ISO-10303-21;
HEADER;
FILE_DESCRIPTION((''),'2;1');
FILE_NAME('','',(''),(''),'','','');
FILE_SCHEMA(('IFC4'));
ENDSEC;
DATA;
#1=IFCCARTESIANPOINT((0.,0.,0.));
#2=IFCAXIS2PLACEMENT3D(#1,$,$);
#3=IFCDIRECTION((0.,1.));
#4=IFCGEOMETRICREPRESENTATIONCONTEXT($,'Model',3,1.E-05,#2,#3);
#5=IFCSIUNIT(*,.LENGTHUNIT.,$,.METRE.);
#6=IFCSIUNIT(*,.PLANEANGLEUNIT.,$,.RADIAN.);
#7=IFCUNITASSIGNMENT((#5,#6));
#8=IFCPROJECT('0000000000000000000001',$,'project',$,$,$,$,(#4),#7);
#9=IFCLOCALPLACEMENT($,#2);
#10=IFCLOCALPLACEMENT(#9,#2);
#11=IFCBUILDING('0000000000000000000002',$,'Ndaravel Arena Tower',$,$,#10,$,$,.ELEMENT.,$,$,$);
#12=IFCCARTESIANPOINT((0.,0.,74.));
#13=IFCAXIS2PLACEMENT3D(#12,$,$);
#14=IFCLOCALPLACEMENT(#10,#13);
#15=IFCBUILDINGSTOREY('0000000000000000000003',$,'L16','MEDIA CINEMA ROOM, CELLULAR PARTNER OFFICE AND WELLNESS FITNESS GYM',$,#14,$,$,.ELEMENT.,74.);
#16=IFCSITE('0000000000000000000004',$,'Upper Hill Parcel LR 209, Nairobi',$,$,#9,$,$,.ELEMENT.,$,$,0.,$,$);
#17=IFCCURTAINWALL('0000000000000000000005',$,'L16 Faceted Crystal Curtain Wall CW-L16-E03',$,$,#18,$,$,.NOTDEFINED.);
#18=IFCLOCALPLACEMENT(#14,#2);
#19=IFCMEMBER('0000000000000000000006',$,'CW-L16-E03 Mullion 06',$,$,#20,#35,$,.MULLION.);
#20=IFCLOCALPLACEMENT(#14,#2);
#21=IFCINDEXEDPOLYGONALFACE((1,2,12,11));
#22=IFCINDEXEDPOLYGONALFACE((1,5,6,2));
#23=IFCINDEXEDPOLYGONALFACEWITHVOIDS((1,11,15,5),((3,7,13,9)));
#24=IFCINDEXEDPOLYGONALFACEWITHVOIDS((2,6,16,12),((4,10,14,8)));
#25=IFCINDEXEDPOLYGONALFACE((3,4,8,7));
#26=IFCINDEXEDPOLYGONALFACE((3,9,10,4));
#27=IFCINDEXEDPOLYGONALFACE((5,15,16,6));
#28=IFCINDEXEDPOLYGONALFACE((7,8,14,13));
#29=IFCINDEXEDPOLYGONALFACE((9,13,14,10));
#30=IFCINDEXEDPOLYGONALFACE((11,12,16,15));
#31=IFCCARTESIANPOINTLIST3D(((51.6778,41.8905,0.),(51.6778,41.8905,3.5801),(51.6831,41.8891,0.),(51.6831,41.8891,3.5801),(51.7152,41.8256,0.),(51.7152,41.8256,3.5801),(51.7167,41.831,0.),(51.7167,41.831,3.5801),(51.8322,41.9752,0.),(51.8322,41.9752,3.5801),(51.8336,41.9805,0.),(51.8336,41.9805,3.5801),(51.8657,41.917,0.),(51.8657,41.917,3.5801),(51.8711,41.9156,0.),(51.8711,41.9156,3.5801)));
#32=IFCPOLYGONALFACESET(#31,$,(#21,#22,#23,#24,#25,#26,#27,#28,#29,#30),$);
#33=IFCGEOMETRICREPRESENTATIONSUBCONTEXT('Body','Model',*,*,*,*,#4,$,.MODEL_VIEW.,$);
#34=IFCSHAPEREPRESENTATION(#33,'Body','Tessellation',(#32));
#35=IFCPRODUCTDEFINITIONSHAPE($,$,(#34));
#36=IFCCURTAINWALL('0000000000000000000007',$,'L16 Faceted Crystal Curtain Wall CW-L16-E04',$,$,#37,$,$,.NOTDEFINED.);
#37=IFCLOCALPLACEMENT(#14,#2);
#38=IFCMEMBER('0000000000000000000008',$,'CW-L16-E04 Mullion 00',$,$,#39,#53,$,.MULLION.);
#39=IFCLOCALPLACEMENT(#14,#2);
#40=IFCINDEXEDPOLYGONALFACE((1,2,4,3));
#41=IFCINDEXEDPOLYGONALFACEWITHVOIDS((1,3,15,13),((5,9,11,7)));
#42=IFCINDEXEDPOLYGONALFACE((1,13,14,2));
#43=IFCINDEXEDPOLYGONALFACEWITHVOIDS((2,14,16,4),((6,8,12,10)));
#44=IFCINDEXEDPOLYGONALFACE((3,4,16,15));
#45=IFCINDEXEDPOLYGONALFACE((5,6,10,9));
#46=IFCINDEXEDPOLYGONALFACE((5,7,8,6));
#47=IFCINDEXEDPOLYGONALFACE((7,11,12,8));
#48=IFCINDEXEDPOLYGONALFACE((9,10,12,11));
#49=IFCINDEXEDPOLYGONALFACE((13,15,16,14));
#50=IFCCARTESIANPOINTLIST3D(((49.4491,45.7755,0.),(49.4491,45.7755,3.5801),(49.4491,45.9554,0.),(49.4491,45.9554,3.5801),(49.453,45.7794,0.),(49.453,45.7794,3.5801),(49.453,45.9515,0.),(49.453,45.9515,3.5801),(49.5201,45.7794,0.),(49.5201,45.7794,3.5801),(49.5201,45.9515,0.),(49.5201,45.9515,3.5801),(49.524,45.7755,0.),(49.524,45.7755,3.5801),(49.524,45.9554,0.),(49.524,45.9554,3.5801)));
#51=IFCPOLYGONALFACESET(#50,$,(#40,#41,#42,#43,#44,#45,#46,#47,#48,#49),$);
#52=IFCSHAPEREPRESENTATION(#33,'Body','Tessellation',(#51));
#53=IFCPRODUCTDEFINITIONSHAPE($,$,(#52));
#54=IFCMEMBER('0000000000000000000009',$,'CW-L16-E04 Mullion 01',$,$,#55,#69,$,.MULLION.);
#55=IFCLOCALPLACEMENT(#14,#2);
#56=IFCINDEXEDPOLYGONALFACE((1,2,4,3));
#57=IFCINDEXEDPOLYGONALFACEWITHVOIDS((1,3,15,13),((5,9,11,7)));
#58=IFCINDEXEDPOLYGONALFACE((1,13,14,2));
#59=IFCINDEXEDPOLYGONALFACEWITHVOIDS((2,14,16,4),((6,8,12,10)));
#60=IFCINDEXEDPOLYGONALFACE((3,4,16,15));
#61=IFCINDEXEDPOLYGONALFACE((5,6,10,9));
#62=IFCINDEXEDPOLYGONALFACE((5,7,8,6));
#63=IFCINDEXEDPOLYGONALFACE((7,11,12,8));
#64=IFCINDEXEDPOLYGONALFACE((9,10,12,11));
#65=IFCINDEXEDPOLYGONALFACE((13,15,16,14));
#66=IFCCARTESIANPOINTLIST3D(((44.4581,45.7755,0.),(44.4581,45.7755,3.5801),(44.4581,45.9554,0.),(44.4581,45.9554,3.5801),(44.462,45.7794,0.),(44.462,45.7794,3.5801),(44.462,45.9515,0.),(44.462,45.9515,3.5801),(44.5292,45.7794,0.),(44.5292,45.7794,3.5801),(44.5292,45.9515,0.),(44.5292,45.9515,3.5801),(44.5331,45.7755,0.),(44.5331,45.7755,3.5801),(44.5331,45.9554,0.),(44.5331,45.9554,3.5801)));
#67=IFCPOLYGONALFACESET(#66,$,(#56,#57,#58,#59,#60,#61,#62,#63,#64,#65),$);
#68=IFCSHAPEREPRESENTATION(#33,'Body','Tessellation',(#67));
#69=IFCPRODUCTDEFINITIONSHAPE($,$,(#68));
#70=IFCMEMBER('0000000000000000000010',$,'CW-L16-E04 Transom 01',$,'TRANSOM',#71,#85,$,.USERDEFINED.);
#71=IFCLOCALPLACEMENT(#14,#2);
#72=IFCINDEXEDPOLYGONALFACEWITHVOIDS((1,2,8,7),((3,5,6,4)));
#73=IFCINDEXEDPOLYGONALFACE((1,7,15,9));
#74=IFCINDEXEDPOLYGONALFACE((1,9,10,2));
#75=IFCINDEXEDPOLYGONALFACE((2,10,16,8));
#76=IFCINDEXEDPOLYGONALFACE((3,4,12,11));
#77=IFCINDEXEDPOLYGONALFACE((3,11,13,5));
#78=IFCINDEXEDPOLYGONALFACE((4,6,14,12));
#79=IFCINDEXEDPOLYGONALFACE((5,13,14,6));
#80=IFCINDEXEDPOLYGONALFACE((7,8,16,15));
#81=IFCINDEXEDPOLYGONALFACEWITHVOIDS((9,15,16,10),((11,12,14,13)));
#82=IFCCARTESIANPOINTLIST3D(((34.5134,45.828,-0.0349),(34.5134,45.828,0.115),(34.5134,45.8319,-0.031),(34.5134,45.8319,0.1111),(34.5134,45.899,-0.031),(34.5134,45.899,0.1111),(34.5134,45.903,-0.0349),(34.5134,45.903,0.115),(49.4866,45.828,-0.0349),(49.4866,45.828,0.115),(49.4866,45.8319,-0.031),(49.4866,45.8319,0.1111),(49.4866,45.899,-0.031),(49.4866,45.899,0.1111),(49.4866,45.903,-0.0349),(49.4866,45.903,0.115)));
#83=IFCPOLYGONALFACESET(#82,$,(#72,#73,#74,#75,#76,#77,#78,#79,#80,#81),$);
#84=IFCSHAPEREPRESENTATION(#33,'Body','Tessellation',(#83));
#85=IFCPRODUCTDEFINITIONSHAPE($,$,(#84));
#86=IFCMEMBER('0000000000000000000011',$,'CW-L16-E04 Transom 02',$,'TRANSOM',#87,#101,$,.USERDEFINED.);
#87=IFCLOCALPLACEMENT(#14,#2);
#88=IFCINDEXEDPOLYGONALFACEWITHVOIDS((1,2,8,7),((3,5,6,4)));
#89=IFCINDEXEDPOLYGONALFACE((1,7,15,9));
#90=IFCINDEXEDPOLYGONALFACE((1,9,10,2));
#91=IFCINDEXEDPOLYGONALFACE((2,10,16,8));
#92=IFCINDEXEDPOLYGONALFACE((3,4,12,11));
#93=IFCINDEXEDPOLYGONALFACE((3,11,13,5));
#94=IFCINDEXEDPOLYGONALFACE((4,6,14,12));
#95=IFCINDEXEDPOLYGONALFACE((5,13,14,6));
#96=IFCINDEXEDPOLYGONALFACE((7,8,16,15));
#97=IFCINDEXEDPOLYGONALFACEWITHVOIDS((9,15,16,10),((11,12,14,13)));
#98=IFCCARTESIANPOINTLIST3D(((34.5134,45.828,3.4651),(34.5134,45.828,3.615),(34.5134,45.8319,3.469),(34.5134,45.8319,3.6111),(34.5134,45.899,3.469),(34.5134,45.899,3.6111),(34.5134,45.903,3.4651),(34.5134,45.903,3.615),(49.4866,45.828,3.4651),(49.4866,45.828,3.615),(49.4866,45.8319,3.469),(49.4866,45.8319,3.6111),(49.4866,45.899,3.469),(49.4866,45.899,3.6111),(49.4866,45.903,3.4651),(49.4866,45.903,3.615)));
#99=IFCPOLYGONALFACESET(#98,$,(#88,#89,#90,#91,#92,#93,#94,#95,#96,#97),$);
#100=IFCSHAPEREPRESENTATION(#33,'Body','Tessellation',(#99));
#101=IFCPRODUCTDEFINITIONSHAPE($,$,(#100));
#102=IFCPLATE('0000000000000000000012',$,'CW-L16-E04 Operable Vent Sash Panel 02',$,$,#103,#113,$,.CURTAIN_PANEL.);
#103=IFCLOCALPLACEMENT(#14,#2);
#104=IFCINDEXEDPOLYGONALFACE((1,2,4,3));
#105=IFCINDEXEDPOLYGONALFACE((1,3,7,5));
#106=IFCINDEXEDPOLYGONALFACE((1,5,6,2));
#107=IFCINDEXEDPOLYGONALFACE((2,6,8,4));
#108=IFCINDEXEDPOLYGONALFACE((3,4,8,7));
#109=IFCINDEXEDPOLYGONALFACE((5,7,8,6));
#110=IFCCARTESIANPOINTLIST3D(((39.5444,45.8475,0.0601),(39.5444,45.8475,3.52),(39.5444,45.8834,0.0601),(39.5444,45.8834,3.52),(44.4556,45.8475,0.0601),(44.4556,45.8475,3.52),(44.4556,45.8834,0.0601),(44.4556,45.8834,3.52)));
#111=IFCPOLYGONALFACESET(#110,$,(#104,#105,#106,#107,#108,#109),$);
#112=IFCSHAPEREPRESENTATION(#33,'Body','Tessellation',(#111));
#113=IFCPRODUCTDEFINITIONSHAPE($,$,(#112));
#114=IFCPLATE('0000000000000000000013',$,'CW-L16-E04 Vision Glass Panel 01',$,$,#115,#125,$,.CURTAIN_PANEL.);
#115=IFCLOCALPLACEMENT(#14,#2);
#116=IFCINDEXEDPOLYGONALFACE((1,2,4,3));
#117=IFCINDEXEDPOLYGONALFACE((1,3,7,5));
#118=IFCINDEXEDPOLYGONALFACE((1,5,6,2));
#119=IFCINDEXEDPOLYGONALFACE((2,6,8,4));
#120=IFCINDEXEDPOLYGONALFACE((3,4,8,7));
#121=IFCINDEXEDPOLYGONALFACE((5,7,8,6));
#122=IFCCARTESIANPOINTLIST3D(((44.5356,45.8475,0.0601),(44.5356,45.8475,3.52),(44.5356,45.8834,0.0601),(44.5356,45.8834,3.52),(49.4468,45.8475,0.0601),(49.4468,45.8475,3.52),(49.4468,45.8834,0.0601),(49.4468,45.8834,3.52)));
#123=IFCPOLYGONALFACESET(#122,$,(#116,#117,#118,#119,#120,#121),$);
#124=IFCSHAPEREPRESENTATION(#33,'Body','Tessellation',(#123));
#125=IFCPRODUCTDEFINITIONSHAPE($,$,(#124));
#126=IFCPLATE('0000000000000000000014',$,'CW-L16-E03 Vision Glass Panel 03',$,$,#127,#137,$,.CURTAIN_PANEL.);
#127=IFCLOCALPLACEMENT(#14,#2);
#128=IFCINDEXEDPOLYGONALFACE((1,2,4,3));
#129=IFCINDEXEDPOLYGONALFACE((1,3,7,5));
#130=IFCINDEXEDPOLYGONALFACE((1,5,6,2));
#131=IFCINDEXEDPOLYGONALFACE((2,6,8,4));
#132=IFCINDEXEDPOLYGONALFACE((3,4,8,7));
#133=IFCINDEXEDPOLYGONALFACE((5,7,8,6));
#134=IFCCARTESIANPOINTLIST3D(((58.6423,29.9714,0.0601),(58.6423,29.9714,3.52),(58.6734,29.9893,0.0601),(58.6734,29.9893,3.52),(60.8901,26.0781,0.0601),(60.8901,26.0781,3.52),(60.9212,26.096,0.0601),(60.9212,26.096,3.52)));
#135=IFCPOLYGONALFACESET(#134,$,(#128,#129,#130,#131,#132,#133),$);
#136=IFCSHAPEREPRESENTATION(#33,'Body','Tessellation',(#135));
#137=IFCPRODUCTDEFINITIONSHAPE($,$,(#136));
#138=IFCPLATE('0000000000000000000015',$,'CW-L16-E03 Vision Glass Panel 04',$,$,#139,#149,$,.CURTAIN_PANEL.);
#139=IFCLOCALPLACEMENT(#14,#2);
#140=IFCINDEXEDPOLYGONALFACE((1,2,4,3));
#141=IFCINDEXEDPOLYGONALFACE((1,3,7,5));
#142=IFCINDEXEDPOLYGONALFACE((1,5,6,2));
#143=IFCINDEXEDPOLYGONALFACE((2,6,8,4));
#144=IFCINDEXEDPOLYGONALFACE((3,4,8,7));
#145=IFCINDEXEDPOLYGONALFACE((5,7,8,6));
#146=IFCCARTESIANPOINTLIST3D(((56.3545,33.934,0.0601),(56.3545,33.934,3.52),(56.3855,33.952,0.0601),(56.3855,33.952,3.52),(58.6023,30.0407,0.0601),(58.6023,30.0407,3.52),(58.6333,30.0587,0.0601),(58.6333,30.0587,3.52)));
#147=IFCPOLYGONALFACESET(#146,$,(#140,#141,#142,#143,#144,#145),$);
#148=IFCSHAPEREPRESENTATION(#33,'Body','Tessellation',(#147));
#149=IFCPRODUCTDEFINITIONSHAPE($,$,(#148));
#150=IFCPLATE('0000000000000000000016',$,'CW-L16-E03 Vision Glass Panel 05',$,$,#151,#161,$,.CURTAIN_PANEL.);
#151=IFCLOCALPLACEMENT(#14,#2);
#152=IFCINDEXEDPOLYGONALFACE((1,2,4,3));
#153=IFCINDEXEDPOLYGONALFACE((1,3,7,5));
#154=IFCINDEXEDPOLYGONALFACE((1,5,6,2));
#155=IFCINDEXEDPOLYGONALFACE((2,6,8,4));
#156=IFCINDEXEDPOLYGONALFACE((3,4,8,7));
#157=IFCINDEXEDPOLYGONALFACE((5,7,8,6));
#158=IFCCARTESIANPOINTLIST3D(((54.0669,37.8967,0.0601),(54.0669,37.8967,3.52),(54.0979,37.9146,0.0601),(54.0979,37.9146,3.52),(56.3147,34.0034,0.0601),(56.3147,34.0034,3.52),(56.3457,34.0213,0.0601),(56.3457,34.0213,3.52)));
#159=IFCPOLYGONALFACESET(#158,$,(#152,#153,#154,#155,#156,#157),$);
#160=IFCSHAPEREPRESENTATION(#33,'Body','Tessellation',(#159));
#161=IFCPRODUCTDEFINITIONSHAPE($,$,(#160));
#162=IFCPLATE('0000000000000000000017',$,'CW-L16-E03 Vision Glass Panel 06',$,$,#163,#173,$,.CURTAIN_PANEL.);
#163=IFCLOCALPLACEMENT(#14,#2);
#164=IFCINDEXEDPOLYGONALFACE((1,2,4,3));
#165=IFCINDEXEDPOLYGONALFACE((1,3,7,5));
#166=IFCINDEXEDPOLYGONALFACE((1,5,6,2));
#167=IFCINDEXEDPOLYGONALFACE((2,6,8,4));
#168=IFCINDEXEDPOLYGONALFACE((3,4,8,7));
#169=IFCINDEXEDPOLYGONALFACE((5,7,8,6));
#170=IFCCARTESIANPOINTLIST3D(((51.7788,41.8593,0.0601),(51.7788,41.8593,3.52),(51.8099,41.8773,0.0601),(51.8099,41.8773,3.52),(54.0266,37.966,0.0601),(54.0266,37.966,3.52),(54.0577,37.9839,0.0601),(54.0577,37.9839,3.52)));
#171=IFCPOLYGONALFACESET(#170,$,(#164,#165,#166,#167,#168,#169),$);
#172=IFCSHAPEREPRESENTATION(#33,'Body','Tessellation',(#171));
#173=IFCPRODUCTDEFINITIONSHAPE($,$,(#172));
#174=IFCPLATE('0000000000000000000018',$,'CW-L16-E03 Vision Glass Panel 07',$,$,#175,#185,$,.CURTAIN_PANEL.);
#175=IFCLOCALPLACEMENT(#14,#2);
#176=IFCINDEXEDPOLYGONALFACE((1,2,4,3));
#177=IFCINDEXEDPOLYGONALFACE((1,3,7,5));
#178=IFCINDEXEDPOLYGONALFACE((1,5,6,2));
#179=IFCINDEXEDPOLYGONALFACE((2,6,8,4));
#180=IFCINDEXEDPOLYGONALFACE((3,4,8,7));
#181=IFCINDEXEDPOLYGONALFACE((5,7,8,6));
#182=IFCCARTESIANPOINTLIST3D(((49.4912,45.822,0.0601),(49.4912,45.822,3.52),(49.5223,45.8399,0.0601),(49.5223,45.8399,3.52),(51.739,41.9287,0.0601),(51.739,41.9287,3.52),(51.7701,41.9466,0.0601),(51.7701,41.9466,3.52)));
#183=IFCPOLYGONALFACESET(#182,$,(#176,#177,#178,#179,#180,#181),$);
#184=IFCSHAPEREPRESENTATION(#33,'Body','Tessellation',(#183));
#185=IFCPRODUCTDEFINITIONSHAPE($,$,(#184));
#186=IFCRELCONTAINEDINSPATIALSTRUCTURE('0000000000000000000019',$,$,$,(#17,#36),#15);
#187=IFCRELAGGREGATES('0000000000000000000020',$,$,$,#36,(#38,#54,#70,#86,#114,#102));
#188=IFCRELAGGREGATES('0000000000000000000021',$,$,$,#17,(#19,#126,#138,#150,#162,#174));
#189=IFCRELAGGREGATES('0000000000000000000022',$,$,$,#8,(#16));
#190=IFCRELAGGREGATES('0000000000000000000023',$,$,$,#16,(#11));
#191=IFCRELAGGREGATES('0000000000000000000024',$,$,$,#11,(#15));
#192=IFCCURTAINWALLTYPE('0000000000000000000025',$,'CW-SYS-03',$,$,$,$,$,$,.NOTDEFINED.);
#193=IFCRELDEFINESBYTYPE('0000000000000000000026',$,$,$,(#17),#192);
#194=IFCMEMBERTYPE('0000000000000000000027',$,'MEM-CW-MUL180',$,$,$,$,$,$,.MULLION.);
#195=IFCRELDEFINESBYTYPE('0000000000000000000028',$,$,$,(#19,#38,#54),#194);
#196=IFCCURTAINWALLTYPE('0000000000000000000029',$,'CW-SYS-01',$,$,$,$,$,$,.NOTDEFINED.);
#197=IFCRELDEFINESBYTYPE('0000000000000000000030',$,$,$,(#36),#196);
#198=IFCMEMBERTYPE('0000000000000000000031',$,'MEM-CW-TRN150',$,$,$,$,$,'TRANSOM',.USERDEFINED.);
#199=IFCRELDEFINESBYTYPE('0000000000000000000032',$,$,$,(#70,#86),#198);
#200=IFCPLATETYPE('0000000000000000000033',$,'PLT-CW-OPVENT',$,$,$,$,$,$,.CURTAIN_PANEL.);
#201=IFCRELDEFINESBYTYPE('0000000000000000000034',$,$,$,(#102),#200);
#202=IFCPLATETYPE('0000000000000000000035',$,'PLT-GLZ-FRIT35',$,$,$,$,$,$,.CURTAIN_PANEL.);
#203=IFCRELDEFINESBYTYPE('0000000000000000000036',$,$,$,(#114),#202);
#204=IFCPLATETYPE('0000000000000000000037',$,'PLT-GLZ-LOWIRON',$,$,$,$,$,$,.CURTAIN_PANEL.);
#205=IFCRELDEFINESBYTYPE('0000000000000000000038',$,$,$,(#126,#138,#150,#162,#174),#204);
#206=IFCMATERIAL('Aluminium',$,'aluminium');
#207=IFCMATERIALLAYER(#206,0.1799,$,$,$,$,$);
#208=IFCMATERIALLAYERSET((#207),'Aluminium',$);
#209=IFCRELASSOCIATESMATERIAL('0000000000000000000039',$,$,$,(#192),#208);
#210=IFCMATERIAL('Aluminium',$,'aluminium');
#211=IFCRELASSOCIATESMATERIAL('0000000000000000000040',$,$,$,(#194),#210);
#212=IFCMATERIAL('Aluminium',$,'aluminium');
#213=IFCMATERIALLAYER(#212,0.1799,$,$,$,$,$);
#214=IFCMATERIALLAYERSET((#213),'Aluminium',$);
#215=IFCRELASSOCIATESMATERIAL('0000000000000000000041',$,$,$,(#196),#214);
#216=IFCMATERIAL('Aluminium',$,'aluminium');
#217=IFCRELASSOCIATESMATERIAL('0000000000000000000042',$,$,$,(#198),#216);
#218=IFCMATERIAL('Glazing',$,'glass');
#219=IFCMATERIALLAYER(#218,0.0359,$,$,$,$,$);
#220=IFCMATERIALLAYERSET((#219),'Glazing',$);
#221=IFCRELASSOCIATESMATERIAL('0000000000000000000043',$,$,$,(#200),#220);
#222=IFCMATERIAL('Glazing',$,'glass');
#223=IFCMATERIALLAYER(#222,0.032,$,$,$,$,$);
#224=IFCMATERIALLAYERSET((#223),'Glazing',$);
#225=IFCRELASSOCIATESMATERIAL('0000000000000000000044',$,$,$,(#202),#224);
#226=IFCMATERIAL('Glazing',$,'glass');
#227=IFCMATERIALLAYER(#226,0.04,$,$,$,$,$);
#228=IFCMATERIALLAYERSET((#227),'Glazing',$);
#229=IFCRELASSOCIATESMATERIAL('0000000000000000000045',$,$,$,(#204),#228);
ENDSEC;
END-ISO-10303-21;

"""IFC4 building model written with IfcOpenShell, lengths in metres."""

from ifc_helpers import new_model, si_unit, direction, frame, origin, origin_2d, place, context, subcontext, project, spatial, rectangle, hollow_rectangle, extrude, material, layer, layer_set, material_profile, profile_set, type_object, element, aggregate, save


model = new_model("IFC4")

# Units and contexts
model_context = context("Model", 3, precision=1e-05, world=origin(), true_north=direction((0.0, 1.0)))
body_context = subcontext(model_context, "Body", "Model", "MODEL_VIEW")
ifc_project = project(units=[si_unit("LENGTHUNIT", "METRE"), si_unit("PLANEANGLEUNIT", "RADIAN")], contexts=[model_context])

# Site, building, storey
site_placement = place(None, origin())
site = spatial("IfcSite", under=ifc_project, at=site_placement, Name="Upper Hill Parcel LR 209, Nairobi", CompositionType="ELEMENT", RefElevation=0.0)
building_placement = place(site_placement, origin())
building = spatial("IfcBuilding", under=site, at=building_placement, Name="Ndaravel Arena Tower", CompositionType="ELEMENT")
storey_placement = place(building_placement, frame((0.0, 0.0, 74.0)))
storey = spatial("IfcBuildingStorey", under=building, at=storey_placement, Name="L16", Description="MEDIA CINEMA ROOM, CELLULAR PARTNER OFFICE AND WELLNESS FITNESS GYM", CompositionType="ELEMENT", Elevation=74.0)

# Curtain wall, member
ifc_material_1 = material(Name="Aluminium", Category="aluminium")
ifc_layer_1 = layer(ifc_material_1, 0.1799)
ifc_layer_set_1 = layer_set([ifc_layer_1], Name="Aluminium")
curtain_wall_type_1 = type_object("IfcCurtainWallType", Name="CW-SYS-03", PredefinedType="NOTDEFINED", material=ifc_layer_set_1)
curtain_wall_1_placement = place(storey_placement, origin())
curtain_wall_1 = element("IfcCurtainWall", 1, at=curtain_wall_1_placement, inside=storey, type_object=curtain_wall_type_1, Name="L16 Faceted Crystal Curtain Wall CW-L16-E03", PredefinedType="NOTDEFINED")
ifc_material_2 = material(Name="Aluminium", Category="aluminium")
ifc_material_profile_1 = material_profile(ifc_material_2, hollow_rectangle(XDim=0.075, YDim=0.1799, WallThickness=0.0039, at=origin_2d()), Name="CW MULLION 75x180x4")
ifc_profile_set_1 = profile_set([ifc_material_profile_1], Name="Aluminium")
member_type_1 = type_object("IfcMemberType", Name="MEM-CW-MUL180", PredefinedType="MULLION", material=ifc_profile_set_1)
member_1_placement = place(storey_placement, frame((51.7744, 41.9031, 0.0), z_axis=(0.0, 0.0, 1.0), x_axis=(-0.5, 0.866025, 0.0)))
member_1 = element("IfcMember", 2, at=member_1_placement, type_object=member_type_1, Name="CW-L16-E03 Mullion 06", PredefinedType="MULLION", context=body_context, shape_type="SweptSolid", body=[
    extrude(hollow_rectangle(XDim=0.075, YDim=0.1799, WallThickness=0.0039, at=origin_2d()), origin(), (0.0, 0.0, 1.0), 3.5801),
])

# Curtain wall, members, plates
ifc_material_3 = material(Name="Aluminium", Category="aluminium")
ifc_layer_2 = layer(ifc_material_3, 0.1799)
ifc_layer_set_2 = layer_set([ifc_layer_2], Name="Aluminium")
curtain_wall_type_2 = type_object("IfcCurtainWallType", Name="CW-SYS-01", PredefinedType="NOTDEFINED", material=ifc_layer_set_2)
curtain_wall_2_placement = place(storey_placement, origin())
curtain_wall_2 = element("IfcCurtainWall", 3, at=curtain_wall_2_placement, inside=storey, type_object=curtain_wall_type_2, Name="L16 Faceted Crystal Curtain Wall CW-L16-E04", PredefinedType="NOTDEFINED")
member_2_placement = place(storey_placement, frame((49.4866, 45.8655, 0.0), z_axis=(0.0, 0.0, 1.0), x_axis=(-1.0, 0.0, 0.0)))
member_2 = element("IfcMember", 4, at=member_2_placement, type_object=member_type_1, Name="CW-L16-E04 Mullion 00", PredefinedType="MULLION", context=body_context, shape_type="SweptSolid", body=[
    extrude(hollow_rectangle(XDim=0.075, YDim=0.1799, WallThickness=0.0039, at=origin_2d()), origin(), (0.0, 0.0, 1.0), 3.5801),
])
member_3_placement = place(storey_placement, frame((44.4956, 45.8655, 0.0), z_axis=(0.0, 0.0, 1.0), x_axis=(-1.0, 0.0, 0.0)))
member_3 = element("IfcMember", 5, at=member_3_placement, type_object=member_type_1, Name="CW-L16-E04 Mullion 01", PredefinedType="MULLION", context=body_context, shape_type="SweptSolid", body=[
    extrude(hollow_rectangle(XDim=0.075, YDim=0.1799, WallThickness=0.0039, at=origin_2d()), origin(), (0.0, 0.0, 1.0), 3.5801),
])
ifc_material_4 = material(Name="Aluminium", Category="aluminium")
ifc_material_profile_2 = material_profile(ifc_material_4, hollow_rectangle(XDim=0.075, YDim=0.1499, WallThickness=0.0039, at=origin_2d()), Name="CW TRANSOM 75x150x4")
ifc_profile_set_2 = profile_set([ifc_material_profile_2], Name="Aluminium")
member_type_2 = type_object("IfcMemberType", Name="MEM-CW-TRN150", ElementType="TRANSOM", PredefinedType="USERDEFINED", material=ifc_profile_set_2)
member_4_placement = place(storey_placement, frame((49.4866, 45.8655, 0.04), z_axis=(-1.0, 0.0, 0.0), x_axis=(0.0, -1.0, 0.0)))
member_4 = element("IfcMember", 6, at=member_4_placement, type_object=member_type_2, Name="CW-L16-E04 Transom 01", ObjectType="TRANSOM", PredefinedType="USERDEFINED", context=body_context, shape_type="SweptSolid", body=[
    extrude(hollow_rectangle(XDim=0.075, YDim=0.1499, WallThickness=0.0039, at=origin_2d()), origin(), (0.0, 0.0, 1.0), 14.9731),
])
member_5_placement = place(storey_placement, frame((49.4866, 45.8655, 3.54), z_axis=(-1.0, 0.0, 0.0), x_axis=(0.0, -1.0, 0.0)))
member_5 = element("IfcMember", 7, at=member_5_placement, type_object=member_type_2, Name="CW-L16-E04 Transom 02", ObjectType="TRANSOM", PredefinedType="USERDEFINED", context=body_context, shape_type="SweptSolid", body=[
    extrude(hollow_rectangle(XDim=0.075, YDim=0.1499, WallThickness=0.0039, at=origin_2d()), origin(), (0.0, 0.0, 1.0), 14.9731),
])
ifc_material_5 = material(Name="Glazing", Category="glass")
ifc_layer_3 = layer(ifc_material_5, 0.0359)
ifc_layer_set_3 = layer_set([ifc_layer_3], Name="Glazing")
plate_type_1 = type_object("IfcPlateType", Name="PLT-CW-OPVENT", PredefinedType="CURTAIN_PANEL", material=ifc_layer_set_3)
plate_1_placement = place(storey_placement, frame((42.0, 45.8655, 0.0601), z_axis=(0.0, 0.0, 1.0), x_axis=(-1.0, 0.0, 0.0)))
plate_1 = element("IfcPlate", 8, at=plate_1_placement, type_object=plate_type_1, Name="CW-L16-E04 Operable Vent Sash Panel 02", PredefinedType="CURTAIN_PANEL", context=body_context, shape_type="SweptSolid", body=[
    extrude(rectangle(XDim=4.9111, YDim=0.0359, at=origin_2d()), origin(), (0.0, 0.0, 1.0), 3.46),
])
ifc_material_6 = material(Name="Glazing", Category="glass")
ifc_layer_4 = layer(ifc_material_6, 0.032)
ifc_layer_set_4 = layer_set([ifc_layer_4], Name="Glazing")
plate_type_2 = type_object("IfcPlateType", Name="PLT-GLZ-FRIT35", PredefinedType="CURTAIN_PANEL", material=ifc_layer_set_4)
plate_2_placement = place(storey_placement, frame((46.9912, 45.8655, 0.0601), z_axis=(0.0, 0.0, 1.0), x_axis=(-1.0, 0.0, 0.0)))
plate_2 = element("IfcPlate", 9, at=plate_2_placement, type_object=plate_type_2, Name="CW-L16-E04 Vision Glass Panel 01", PredefinedType="CURTAIN_PANEL", context=body_context, shape_type="SweptSolid", body=[
    extrude(rectangle(XDim=4.9111, YDim=0.0359, at=origin_2d()), origin(), (0.0, 0.0, 1.0), 3.46),
])
aggregate(curtain_wall_2, [member_2, member_3, member_4, member_5, plate_2, plate_1])

# Plates
ifc_material_7 = material(Name="Glazing", Category="glass")
ifc_layer_5 = layer(ifc_material_7, 0.04)
ifc_layer_set_5 = layer_set([ifc_layer_5], Name="Glazing")
plate_type_3 = type_object("IfcPlateType", Name="PLT-GLZ-LOWIRON", PredefinedType="CURTAIN_PANEL", material=ifc_layer_set_5)
plate_3_placement = place(storey_placement, frame((59.7817, 28.0337, 0.0601), z_axis=(0.0, 0.0, 1.0), x_axis=(-0.5, 0.866025, 0.0)))
plate_3 = element("IfcPlate", 10, at=plate_3_placement, type_object=plate_type_3, Name="CW-L16-E03 Vision Glass Panel 03", PredefinedType="CURTAIN_PANEL", context=body_context, shape_type="SweptSolid", body=[
    extrude(rectangle(XDim=4.4956, YDim=0.0359, at=origin_2d()), origin(), (0.0, 0.0, 1.0), 3.46),
])
plate_4_placement = place(storey_placement, frame((57.4939, 31.9963, 0.0601), z_axis=(0.0, 0.0, 1.0), x_axis=(-0.5, 0.866025, 0.0)))
plate_4 = element("IfcPlate", 11, at=plate_4_placement, type_object=plate_type_3, Name="CW-L16-E03 Vision Glass Panel 04", PredefinedType="CURTAIN_PANEL", context=body_context, shape_type="SweptSolid", body=[
    extrude(rectangle(XDim=4.4956, YDim=0.0359, at=origin_2d()), origin(), (0.0, 0.0, 1.0), 3.46),
])
plate_5_placement = place(storey_placement, frame((55.2063, 35.959, 0.0601), z_axis=(0.0, 0.0, 1.0), x_axis=(-0.5, 0.866025, 0.0)))
plate_5 = element("IfcPlate", 12, at=plate_5_placement, type_object=plate_type_3, Name="CW-L16-E03 Vision Glass Panel 05", PredefinedType="CURTAIN_PANEL", context=body_context, shape_type="SweptSolid", body=[
    extrude(rectangle(XDim=4.4956, YDim=0.0359, at=origin_2d()), origin(), (0.0, 0.0, 1.0), 3.46),
])
plate_6_placement = place(storey_placement, frame((52.9182, 39.9216, 0.0601), z_axis=(0.0, 0.0, 1.0), x_axis=(-0.5, 0.866025, 0.0)))
plate_6 = element("IfcPlate", 13, at=plate_6_placement, type_object=plate_type_3, Name="CW-L16-E03 Vision Glass Panel 06", PredefinedType="CURTAIN_PANEL", context=body_context, shape_type="SweptSolid", body=[
    extrude(rectangle(XDim=4.4956, YDim=0.0359, at=origin_2d()), origin(), (0.0, 0.0, 1.0), 3.46),
])
plate_7_placement = place(storey_placement, frame((50.6306, 43.8843, 0.0601), z_axis=(0.0, 0.0, 1.0), x_axis=(-0.5, 0.866025, 0.0)))
plate_7 = element("IfcPlate", 14, at=plate_7_placement, type_object=plate_type_3, Name="CW-L16-E03 Vision Glass Panel 07", PredefinedType="CURTAIN_PANEL", context=body_context, shape_type="SweptSolid", body=[
    extrude(rectangle(XDim=4.4956, YDim=0.0359, at=origin_2d()), origin(), (0.0, 0.0, 1.0), 3.46),
])
aggregate(curtain_wall_1, [member_1, plate_3, plate_4, plate_5, plate_6, plate_7])

save(model, "model.ifc")
